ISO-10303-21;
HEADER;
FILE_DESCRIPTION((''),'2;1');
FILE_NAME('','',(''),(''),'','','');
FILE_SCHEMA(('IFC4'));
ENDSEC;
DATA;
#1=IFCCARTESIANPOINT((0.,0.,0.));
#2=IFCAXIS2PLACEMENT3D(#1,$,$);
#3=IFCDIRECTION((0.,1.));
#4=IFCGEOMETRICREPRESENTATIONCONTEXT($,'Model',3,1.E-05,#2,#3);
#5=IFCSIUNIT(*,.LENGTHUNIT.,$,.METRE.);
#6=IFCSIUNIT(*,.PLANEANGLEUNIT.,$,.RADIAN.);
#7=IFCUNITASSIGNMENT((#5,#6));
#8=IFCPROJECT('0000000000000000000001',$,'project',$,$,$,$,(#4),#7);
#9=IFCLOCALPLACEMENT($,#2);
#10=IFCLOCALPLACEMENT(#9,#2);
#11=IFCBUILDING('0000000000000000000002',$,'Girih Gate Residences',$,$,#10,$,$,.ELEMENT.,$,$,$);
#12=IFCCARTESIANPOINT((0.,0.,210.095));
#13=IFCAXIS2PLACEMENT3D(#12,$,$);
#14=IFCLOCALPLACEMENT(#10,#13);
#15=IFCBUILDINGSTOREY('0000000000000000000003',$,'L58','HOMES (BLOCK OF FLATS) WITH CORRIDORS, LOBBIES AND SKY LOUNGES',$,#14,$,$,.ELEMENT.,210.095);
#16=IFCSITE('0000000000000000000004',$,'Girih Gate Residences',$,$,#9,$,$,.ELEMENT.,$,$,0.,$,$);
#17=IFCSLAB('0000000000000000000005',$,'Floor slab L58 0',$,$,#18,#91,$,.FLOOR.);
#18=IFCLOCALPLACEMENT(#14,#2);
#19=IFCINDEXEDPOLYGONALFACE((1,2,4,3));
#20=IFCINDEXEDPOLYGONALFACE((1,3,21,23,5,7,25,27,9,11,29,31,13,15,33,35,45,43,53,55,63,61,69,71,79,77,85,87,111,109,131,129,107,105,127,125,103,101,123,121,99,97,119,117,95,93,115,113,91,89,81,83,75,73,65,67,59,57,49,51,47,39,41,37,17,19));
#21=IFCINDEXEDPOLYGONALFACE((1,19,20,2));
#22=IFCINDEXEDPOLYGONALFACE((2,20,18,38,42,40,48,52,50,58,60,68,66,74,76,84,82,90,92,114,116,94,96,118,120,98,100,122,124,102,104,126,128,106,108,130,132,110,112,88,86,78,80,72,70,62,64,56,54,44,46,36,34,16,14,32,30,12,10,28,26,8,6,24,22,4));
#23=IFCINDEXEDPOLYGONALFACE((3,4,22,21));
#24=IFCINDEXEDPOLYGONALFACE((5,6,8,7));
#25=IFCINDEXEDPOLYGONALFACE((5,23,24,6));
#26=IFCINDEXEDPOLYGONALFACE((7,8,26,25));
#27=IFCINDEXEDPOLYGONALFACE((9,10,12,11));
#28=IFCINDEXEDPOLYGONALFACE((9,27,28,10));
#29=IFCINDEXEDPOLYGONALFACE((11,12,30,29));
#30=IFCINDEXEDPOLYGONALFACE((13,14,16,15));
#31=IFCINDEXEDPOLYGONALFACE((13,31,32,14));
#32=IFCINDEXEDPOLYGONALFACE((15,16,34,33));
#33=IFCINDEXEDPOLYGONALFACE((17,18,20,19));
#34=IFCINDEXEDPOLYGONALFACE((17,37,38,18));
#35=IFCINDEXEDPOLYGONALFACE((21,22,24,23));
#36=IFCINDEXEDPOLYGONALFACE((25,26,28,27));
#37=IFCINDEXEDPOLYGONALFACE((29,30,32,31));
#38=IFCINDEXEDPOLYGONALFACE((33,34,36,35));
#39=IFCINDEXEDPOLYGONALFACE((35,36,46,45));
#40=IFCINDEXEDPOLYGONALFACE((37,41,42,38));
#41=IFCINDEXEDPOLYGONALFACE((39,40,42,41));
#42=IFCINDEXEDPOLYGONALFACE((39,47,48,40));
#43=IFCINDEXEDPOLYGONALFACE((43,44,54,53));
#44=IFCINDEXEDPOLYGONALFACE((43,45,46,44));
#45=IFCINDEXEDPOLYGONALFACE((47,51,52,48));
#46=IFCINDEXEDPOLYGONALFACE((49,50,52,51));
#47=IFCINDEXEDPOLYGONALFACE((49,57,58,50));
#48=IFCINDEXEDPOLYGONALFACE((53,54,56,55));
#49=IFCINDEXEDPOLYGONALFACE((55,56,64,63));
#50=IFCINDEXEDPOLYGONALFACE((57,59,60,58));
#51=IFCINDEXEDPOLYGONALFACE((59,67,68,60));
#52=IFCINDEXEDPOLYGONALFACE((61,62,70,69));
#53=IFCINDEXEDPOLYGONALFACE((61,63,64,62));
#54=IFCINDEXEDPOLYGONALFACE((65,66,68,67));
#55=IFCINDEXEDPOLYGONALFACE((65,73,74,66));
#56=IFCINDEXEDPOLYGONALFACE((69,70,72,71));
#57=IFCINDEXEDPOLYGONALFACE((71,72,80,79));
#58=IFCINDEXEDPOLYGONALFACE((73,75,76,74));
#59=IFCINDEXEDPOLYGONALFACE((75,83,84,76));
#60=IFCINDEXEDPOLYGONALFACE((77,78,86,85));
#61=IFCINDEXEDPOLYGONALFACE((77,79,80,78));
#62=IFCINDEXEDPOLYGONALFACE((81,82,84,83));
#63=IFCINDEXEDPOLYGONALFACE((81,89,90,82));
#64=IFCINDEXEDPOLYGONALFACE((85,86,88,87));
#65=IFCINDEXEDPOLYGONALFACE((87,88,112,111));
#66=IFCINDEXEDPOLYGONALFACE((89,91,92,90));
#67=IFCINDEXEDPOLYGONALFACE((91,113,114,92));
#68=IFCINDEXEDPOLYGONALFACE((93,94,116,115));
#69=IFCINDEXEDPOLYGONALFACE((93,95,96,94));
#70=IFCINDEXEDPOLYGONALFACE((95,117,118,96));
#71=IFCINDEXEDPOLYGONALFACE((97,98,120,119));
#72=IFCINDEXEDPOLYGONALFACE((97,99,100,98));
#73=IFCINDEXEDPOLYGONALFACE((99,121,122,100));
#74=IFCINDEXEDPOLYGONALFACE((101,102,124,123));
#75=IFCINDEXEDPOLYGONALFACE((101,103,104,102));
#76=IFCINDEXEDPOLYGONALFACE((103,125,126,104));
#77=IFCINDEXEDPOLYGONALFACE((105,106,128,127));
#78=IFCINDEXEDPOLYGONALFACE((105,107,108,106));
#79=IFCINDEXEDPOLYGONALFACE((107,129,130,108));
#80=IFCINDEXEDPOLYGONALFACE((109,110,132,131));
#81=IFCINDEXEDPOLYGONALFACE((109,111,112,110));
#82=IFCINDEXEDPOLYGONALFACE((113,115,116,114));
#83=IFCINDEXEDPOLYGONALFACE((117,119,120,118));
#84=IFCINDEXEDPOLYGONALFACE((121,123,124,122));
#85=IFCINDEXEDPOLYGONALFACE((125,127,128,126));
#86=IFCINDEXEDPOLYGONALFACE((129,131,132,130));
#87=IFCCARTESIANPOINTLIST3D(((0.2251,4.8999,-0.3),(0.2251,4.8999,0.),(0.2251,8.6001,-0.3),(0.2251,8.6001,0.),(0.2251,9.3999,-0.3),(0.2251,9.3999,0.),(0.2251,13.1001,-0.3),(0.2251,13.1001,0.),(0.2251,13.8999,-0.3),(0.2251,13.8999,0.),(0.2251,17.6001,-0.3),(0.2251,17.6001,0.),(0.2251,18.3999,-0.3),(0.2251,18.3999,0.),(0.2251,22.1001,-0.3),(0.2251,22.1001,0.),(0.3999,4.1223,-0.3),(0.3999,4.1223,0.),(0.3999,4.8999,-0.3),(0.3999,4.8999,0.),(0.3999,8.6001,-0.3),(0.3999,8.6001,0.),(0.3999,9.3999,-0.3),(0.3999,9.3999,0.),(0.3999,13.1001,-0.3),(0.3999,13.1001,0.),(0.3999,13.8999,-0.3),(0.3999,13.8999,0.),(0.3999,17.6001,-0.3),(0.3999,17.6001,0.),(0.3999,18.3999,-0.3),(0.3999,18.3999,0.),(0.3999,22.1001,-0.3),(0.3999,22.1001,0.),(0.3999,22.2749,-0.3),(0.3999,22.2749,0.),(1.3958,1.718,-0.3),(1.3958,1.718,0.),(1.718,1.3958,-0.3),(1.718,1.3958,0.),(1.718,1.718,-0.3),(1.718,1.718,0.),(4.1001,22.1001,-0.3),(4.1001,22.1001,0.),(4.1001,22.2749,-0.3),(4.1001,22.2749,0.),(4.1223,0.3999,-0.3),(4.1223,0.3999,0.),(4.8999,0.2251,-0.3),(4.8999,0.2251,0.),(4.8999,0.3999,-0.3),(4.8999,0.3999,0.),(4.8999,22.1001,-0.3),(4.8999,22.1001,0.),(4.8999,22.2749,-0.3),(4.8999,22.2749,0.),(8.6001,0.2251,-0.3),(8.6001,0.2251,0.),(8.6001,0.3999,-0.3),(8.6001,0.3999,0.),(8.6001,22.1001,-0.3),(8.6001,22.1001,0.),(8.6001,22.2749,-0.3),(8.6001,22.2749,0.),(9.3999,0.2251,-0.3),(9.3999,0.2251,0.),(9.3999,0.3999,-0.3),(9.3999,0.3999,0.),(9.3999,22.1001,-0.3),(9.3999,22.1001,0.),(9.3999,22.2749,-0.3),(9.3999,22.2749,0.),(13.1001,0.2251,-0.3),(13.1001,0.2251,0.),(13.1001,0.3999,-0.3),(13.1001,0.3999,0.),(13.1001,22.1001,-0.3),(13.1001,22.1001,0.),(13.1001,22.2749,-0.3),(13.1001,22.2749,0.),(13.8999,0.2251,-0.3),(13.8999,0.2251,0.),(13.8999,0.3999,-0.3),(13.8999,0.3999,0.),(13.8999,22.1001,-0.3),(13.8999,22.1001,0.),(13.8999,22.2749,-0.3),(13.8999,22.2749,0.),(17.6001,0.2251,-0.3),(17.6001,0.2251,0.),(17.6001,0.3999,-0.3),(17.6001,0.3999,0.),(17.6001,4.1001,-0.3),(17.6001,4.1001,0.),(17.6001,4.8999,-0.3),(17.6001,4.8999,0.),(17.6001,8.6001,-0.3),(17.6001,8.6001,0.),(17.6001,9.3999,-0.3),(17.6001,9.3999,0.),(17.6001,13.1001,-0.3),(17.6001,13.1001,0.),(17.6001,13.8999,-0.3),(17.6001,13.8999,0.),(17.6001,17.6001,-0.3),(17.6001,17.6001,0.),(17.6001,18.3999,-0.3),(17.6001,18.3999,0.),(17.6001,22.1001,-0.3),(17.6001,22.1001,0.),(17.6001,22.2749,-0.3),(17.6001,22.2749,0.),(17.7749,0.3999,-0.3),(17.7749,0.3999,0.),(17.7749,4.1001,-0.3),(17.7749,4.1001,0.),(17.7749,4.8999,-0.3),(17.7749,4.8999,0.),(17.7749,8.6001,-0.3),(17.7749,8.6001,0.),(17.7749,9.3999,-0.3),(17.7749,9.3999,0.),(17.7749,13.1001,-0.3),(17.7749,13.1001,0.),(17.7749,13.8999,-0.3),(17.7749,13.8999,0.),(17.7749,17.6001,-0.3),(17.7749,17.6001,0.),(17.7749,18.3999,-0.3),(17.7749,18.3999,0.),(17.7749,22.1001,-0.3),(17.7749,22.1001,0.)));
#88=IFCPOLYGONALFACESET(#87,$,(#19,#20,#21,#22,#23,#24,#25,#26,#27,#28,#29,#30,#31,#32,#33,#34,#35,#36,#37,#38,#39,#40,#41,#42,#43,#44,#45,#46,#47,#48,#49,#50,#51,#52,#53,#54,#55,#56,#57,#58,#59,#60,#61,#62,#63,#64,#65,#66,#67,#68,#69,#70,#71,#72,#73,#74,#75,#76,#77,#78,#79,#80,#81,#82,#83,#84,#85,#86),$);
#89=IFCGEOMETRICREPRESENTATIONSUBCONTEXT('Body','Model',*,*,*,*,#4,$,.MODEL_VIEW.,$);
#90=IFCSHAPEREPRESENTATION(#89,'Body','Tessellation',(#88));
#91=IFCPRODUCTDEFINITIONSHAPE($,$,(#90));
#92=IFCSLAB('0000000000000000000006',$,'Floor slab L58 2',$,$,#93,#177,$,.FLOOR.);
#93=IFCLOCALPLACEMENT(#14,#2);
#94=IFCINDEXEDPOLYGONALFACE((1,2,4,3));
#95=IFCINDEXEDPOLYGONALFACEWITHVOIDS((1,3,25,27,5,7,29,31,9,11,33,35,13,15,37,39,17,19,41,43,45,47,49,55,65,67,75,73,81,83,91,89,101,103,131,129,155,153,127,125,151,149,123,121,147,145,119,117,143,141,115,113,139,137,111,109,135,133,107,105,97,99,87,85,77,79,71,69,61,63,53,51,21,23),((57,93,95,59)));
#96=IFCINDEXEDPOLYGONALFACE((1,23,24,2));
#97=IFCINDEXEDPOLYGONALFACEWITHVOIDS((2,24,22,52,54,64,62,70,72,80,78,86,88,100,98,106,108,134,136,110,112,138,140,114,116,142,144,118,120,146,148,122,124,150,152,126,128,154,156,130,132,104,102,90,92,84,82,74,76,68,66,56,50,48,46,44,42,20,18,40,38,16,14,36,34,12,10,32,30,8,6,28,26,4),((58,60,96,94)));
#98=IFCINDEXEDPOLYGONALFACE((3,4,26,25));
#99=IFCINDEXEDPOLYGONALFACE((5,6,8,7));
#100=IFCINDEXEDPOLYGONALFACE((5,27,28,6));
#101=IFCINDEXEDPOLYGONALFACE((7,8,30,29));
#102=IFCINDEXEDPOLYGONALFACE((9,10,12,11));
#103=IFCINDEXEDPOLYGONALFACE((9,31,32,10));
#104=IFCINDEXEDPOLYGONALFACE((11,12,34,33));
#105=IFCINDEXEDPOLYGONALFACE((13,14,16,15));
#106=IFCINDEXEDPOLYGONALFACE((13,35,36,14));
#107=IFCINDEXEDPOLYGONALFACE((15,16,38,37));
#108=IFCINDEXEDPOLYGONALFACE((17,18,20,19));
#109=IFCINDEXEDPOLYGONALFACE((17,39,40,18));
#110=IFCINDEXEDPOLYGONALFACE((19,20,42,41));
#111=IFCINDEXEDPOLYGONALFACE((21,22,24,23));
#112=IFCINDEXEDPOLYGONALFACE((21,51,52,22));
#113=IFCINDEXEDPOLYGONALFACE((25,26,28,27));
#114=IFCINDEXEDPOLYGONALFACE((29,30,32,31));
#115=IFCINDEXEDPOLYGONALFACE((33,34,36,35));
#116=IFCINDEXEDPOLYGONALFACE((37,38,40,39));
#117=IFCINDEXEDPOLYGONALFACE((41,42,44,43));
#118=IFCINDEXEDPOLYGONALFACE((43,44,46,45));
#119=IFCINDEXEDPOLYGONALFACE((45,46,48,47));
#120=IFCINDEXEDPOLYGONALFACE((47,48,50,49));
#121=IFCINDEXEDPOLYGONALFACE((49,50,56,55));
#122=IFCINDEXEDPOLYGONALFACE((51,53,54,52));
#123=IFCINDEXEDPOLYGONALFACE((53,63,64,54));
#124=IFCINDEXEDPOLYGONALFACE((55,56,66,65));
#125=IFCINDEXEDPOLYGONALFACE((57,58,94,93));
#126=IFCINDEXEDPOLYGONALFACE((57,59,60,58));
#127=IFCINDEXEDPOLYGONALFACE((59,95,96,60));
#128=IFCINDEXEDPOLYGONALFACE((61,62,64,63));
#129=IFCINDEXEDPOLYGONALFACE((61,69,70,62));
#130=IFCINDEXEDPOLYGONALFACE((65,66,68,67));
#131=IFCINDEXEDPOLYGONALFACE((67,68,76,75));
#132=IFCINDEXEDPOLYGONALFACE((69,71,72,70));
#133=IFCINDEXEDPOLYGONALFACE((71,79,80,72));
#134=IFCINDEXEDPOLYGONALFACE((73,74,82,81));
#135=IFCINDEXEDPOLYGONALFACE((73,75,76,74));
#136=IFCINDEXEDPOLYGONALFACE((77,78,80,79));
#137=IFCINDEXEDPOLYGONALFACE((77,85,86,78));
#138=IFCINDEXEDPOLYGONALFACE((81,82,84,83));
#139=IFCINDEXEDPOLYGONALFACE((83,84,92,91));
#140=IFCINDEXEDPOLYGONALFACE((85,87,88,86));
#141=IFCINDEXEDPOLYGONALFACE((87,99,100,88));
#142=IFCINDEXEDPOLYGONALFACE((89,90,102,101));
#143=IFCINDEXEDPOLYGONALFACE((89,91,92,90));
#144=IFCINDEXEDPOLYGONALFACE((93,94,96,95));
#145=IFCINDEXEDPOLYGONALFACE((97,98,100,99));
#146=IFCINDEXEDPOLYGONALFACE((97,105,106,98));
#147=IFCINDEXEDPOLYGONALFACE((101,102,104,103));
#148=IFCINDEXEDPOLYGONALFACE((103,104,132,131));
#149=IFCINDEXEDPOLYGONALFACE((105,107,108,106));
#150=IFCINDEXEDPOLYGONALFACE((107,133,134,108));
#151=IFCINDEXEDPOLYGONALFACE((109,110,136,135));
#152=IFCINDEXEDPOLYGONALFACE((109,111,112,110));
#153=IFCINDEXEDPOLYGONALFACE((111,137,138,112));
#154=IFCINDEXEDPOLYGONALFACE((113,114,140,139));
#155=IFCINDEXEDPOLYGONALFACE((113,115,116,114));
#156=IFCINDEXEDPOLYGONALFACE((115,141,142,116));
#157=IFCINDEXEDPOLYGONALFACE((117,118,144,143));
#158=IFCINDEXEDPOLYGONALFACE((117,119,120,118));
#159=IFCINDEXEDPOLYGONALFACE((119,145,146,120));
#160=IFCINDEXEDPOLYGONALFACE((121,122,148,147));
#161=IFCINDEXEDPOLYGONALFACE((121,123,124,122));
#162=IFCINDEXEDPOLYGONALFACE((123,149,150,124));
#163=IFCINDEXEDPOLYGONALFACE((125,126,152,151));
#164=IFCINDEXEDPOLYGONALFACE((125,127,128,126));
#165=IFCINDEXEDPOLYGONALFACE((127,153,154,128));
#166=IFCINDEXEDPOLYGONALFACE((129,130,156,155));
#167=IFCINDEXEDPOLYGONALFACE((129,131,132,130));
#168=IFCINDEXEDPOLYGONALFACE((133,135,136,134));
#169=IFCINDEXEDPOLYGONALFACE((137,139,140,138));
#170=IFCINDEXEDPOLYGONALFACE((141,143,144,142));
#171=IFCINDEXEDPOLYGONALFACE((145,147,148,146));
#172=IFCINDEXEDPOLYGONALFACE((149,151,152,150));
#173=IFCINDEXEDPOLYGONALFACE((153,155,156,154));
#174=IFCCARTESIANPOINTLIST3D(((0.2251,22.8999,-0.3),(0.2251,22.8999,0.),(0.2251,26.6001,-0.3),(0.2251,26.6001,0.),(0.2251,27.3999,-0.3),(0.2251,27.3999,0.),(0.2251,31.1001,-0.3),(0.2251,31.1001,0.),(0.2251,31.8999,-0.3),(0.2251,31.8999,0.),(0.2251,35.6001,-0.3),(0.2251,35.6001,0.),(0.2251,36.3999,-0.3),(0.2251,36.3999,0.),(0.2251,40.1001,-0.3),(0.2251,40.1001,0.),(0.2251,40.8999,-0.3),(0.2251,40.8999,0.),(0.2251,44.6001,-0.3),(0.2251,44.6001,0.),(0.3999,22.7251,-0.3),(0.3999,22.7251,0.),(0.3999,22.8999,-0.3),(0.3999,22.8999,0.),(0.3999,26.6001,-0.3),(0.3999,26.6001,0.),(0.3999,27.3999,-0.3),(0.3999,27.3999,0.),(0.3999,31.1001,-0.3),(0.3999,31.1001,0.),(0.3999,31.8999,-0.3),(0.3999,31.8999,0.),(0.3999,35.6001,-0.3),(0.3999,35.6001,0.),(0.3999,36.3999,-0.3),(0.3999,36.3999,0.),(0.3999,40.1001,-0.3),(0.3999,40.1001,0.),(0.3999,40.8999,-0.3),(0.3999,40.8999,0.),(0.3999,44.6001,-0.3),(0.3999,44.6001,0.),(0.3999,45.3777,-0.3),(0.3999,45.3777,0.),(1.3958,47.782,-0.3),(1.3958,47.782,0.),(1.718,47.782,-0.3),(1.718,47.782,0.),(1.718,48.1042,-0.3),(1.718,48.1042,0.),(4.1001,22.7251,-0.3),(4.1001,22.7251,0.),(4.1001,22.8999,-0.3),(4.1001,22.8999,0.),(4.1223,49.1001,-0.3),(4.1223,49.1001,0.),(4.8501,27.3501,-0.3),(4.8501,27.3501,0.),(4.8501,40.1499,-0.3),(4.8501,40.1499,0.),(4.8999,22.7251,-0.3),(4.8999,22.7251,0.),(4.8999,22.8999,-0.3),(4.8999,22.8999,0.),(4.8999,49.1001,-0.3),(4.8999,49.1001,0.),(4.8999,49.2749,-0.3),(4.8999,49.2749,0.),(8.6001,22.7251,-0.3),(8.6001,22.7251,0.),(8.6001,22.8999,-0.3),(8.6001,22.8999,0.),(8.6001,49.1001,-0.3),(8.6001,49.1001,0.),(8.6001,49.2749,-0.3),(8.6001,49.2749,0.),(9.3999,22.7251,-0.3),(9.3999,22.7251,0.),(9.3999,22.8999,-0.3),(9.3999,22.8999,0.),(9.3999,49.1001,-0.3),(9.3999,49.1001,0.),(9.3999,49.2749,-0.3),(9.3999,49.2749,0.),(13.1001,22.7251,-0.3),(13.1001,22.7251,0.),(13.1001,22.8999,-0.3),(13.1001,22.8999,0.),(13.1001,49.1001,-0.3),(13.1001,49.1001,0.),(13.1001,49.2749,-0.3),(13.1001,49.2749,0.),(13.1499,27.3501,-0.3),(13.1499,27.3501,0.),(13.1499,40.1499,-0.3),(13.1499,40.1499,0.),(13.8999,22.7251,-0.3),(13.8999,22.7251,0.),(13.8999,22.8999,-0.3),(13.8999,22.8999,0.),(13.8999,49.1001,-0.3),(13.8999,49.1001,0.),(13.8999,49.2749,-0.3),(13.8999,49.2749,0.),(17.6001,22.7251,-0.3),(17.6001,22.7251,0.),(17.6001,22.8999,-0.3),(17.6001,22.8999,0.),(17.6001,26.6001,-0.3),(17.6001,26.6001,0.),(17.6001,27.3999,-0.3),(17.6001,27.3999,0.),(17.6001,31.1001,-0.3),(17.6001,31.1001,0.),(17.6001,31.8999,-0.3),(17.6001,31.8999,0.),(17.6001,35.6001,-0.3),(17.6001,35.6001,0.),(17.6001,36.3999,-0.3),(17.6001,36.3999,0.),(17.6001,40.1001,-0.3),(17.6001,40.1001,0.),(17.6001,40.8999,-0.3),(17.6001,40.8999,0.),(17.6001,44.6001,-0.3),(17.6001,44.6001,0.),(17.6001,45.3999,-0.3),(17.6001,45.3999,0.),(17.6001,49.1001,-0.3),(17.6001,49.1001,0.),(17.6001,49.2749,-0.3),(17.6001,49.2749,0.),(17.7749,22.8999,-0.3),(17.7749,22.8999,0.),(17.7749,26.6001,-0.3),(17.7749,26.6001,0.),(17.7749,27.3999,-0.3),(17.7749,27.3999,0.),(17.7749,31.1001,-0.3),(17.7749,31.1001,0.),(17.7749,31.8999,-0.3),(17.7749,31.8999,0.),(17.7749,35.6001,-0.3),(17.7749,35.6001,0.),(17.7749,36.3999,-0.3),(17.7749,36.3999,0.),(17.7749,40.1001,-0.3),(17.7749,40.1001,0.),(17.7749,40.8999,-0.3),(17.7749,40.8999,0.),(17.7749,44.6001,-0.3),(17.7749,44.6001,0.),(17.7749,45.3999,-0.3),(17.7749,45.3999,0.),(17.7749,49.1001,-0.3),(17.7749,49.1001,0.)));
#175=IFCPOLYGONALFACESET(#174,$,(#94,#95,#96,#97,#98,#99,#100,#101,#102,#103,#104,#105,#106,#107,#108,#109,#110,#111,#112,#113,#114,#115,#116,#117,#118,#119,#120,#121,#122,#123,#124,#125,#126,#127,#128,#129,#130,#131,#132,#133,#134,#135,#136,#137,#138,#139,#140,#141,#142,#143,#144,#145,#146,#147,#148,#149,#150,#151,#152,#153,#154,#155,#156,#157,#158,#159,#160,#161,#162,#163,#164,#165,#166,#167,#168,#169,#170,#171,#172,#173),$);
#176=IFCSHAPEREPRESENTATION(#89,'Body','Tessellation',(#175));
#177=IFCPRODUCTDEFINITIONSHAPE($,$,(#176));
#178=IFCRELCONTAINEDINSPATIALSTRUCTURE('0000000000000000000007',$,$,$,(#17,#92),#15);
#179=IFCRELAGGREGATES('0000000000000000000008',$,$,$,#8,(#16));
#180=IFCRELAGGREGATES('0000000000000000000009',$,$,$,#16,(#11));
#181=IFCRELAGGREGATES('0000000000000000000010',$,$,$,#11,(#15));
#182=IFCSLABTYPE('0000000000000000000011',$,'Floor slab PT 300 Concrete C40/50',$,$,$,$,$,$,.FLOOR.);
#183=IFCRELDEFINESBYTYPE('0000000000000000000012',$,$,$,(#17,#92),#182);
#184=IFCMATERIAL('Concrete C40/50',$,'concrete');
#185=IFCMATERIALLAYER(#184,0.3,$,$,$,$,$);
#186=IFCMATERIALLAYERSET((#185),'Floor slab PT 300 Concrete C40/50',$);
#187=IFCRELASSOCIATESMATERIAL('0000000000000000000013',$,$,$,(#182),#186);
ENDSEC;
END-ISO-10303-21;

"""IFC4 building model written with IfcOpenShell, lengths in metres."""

from ifc_helpers import new_model, si_unit, direction, frame, origin, place, context, subcontext, project, spatial, polyline, outline, extrude, material, layer, layer_set, type_object, element, save


model = new_model("IFC4")

# Units and contexts
model_context = context("Model", 3, precision=1e-05, world=origin(), true_north=direction((0.0, 1.0)))
body_context = subcontext(model_context, "Body", "Model", "MODEL_VIEW")
ifc_project = project(units=[si_unit("LENGTHUNIT", "METRE"), si_unit("PLANEANGLEUNIT", "RADIAN")], contexts=[model_context])

# Site, building, storey
site_placement = place(None, origin())
site = spatial("IfcSite", under=ifc_project, at=site_placement, Name="Girih Gate Residences", CompositionType="ELEMENT", RefElevation=0.0)
building_placement = place(site_placement, origin())
building = spatial("IfcBuilding", under=site, at=building_placement, Name="Girih Gate Residences", CompositionType="ELEMENT")
storey_placement = place(building_placement, frame((0.0, 0.0, 210.095)))
storey = spatial("IfcBuildingStorey", under=building, at=storey_placement, Name="L58", Description="HOMES (BLOCK OF FLATS) WITH CORRIDORS, LOBBIES AND SKY LOUNGES", CompositionType="ELEMENT", Elevation=210.095)

# Slabs
ifc_material_1 = material(Name="Concrete C40/50", Category="concrete")
ifc_layer_1 = layer(ifc_material_1, 0.3)
ifc_layer_set_1 = layer_set([ifc_layer_1], Name="Floor slab PT 300 Concrete C40/50")
slab_type_1 = type_object("IfcSlabType", Name="Floor slab PT 300 Concrete C40/50", PredefinedType="FLOOR", material=ifc_layer_set_1)
slab_1_placement = place(storey_placement, frame((0.0, 0.0, -0.3)))
element("IfcSlab", 1, at=slab_1_placement, inside=storey, type_object=slab_type_1, Name="Floor slab L58 0", PredefinedType="FLOOR", context=body_context, shape_type="SweptSolid", body=[
    extrude(outline(polyline([(13.8999, 0.2251), (17.6001, 0.2251), (17.6001, 0.3999), (17.7749, 0.3999), (17.7749, 4.1001), (17.6001, 4.1001), (17.6001, 4.8999), (17.7749, 4.8999), (17.7749, 8.6001), (17.6001, 8.6001), (17.6001, 9.3999), (17.7749, 9.3999), (17.7749, 13.1001), (17.6001, 13.1001), (17.6001, 13.8999), (17.7749, 13.8999), (17.7749, 17.6001), (17.6001, 17.6001), (17.6001, 18.3999), (17.7749, 18.3999), (17.7749, 22.1001), (17.6001, 22.1001), (17.6001, 22.2749), (13.8999, 22.2749), (13.8999, 22.1001), (13.1001, 22.1001), (13.1001, 22.2749), (9.3999, 22.2749), (9.3999, 22.1001), (8.6001, 22.1001), (8.6001, 22.2749), (4.8999, 22.2749), (4.8999, 22.1001), (4.1001, 22.1001), (4.1001, 22.2749), (0.3999, 22.2749), (0.3999, 22.1001), (0.2251, 22.1001), (0.2251, 18.3999), (0.3999, 18.3999), (0.3999, 17.6001), (0.2251, 17.6001), (0.2251, 13.8999), (0.3999, 13.8999), (0.3999, 13.1001), (0.2251, 13.1001), (0.2251, 9.3999), (0.3999, 9.3999), (0.3999, 8.6001), (0.2251, 8.6001), (0.2251, 4.8999), (0.3999, 4.8999), (0.3999, 4.1223), (1.3958, 1.718), (1.718, 1.718), (1.718, 1.3958), (4.1223, 0.3999), (4.8999, 0.3999), (4.8999, 0.2251), (8.6001, 0.2251), (8.6001, 0.3999), (9.3999, 0.3999), (9.3999, 0.2251), (13.1001, 0.2251), (13.1001, 0.3999), (13.8999, 0.3999), (13.8999, 0.2251)])), origin(), (0.0, 0.0, 1.0), 0.3),
])
slab_2_placement = place(storey_placement, frame((0.0, 0.0, -0.3)))
element("IfcSlab", 2, at=slab_2_placement, inside=storey, type_object=slab_type_1, Name="Floor slab L58 2", PredefinedType="FLOOR", context=body_context, shape_type="SweptSolid", body=[
    extrude(outline(polyline([(0.2251, 26.6001), (0.2251, 22.8999), (0.3999, 22.8999), (0.3999, 22.7251), (4.1001, 22.7251), (4.1001, 22.8999), (4.8999, 22.8999), (4.8999, 22.7251), (8.6001, 22.7251), (8.6001, 22.8999), (9.3999, 22.8999), (9.3999, 22.7251), (13.1001, 22.7251), (13.1001, 22.8999), (13.8999, 22.8999), (13.8999, 22.7251), (17.6001, 22.7251), (17.6001, 22.8999), (17.7749, 22.8999), (17.7749, 26.6001), (17.6001, 26.6001), (17.6001, 27.3999), (17.7749, 27.3999), (17.7749, 31.1001), (17.6001, 31.1001), (17.6001, 31.8999), (17.7749, 31.8999), (17.7749, 35.6001), (17.6001, 35.6001), (17.6001, 36.3999), (17.7749, 36.3999), (17.7749, 40.1001), (17.6001, 40.1001), (17.6001, 40.8999), (17.7749, 40.8999), (17.7749, 44.6001), (17.6001, 44.6001), (17.6001, 45.3999), (17.7749, 45.3999), (17.7749, 49.1001), (17.6001, 49.1001), (17.6001, 49.2749), (13.8999, 49.2749), (13.8999, 49.1001), (13.1001, 49.1001), (13.1001, 49.2749), (9.3999, 49.2749), (9.3999, 49.1001), (8.6001, 49.1001), (8.6001, 49.2749), (4.8999, 49.2749), (4.8999, 49.1001), (4.1223, 49.1001), (1.718, 48.1042), (1.718, 47.782), (1.3958, 47.782), (0.3999, 45.3777), (0.3999, 44.6001), (0.2251, 44.6001), (0.2251, 40.8999), (0.3999, 40.8999), (0.3999, 40.1001), (0.2251, 40.1001), (0.2251, 36.3999), (0.3999, 36.3999), (0.3999, 35.6001), (0.2251, 35.6001), (0.2251, 31.8999), (0.3999, 31.8999), (0.3999, 31.1001), (0.2251, 31.1001), (0.2251, 27.3999), (0.3999, 27.3999), (0.3999, 26.6001), (0.2251, 26.6001)]), holes=[polyline([(13.1499, 40.1499), (13.1499, 27.3501), (4.8501, 27.3501), (4.8501, 40.1499), (13.1499, 40.1499)])]), origin(), (0.0, 0.0, 1.0), 0.3),
])

save(model, "model.ifc")
